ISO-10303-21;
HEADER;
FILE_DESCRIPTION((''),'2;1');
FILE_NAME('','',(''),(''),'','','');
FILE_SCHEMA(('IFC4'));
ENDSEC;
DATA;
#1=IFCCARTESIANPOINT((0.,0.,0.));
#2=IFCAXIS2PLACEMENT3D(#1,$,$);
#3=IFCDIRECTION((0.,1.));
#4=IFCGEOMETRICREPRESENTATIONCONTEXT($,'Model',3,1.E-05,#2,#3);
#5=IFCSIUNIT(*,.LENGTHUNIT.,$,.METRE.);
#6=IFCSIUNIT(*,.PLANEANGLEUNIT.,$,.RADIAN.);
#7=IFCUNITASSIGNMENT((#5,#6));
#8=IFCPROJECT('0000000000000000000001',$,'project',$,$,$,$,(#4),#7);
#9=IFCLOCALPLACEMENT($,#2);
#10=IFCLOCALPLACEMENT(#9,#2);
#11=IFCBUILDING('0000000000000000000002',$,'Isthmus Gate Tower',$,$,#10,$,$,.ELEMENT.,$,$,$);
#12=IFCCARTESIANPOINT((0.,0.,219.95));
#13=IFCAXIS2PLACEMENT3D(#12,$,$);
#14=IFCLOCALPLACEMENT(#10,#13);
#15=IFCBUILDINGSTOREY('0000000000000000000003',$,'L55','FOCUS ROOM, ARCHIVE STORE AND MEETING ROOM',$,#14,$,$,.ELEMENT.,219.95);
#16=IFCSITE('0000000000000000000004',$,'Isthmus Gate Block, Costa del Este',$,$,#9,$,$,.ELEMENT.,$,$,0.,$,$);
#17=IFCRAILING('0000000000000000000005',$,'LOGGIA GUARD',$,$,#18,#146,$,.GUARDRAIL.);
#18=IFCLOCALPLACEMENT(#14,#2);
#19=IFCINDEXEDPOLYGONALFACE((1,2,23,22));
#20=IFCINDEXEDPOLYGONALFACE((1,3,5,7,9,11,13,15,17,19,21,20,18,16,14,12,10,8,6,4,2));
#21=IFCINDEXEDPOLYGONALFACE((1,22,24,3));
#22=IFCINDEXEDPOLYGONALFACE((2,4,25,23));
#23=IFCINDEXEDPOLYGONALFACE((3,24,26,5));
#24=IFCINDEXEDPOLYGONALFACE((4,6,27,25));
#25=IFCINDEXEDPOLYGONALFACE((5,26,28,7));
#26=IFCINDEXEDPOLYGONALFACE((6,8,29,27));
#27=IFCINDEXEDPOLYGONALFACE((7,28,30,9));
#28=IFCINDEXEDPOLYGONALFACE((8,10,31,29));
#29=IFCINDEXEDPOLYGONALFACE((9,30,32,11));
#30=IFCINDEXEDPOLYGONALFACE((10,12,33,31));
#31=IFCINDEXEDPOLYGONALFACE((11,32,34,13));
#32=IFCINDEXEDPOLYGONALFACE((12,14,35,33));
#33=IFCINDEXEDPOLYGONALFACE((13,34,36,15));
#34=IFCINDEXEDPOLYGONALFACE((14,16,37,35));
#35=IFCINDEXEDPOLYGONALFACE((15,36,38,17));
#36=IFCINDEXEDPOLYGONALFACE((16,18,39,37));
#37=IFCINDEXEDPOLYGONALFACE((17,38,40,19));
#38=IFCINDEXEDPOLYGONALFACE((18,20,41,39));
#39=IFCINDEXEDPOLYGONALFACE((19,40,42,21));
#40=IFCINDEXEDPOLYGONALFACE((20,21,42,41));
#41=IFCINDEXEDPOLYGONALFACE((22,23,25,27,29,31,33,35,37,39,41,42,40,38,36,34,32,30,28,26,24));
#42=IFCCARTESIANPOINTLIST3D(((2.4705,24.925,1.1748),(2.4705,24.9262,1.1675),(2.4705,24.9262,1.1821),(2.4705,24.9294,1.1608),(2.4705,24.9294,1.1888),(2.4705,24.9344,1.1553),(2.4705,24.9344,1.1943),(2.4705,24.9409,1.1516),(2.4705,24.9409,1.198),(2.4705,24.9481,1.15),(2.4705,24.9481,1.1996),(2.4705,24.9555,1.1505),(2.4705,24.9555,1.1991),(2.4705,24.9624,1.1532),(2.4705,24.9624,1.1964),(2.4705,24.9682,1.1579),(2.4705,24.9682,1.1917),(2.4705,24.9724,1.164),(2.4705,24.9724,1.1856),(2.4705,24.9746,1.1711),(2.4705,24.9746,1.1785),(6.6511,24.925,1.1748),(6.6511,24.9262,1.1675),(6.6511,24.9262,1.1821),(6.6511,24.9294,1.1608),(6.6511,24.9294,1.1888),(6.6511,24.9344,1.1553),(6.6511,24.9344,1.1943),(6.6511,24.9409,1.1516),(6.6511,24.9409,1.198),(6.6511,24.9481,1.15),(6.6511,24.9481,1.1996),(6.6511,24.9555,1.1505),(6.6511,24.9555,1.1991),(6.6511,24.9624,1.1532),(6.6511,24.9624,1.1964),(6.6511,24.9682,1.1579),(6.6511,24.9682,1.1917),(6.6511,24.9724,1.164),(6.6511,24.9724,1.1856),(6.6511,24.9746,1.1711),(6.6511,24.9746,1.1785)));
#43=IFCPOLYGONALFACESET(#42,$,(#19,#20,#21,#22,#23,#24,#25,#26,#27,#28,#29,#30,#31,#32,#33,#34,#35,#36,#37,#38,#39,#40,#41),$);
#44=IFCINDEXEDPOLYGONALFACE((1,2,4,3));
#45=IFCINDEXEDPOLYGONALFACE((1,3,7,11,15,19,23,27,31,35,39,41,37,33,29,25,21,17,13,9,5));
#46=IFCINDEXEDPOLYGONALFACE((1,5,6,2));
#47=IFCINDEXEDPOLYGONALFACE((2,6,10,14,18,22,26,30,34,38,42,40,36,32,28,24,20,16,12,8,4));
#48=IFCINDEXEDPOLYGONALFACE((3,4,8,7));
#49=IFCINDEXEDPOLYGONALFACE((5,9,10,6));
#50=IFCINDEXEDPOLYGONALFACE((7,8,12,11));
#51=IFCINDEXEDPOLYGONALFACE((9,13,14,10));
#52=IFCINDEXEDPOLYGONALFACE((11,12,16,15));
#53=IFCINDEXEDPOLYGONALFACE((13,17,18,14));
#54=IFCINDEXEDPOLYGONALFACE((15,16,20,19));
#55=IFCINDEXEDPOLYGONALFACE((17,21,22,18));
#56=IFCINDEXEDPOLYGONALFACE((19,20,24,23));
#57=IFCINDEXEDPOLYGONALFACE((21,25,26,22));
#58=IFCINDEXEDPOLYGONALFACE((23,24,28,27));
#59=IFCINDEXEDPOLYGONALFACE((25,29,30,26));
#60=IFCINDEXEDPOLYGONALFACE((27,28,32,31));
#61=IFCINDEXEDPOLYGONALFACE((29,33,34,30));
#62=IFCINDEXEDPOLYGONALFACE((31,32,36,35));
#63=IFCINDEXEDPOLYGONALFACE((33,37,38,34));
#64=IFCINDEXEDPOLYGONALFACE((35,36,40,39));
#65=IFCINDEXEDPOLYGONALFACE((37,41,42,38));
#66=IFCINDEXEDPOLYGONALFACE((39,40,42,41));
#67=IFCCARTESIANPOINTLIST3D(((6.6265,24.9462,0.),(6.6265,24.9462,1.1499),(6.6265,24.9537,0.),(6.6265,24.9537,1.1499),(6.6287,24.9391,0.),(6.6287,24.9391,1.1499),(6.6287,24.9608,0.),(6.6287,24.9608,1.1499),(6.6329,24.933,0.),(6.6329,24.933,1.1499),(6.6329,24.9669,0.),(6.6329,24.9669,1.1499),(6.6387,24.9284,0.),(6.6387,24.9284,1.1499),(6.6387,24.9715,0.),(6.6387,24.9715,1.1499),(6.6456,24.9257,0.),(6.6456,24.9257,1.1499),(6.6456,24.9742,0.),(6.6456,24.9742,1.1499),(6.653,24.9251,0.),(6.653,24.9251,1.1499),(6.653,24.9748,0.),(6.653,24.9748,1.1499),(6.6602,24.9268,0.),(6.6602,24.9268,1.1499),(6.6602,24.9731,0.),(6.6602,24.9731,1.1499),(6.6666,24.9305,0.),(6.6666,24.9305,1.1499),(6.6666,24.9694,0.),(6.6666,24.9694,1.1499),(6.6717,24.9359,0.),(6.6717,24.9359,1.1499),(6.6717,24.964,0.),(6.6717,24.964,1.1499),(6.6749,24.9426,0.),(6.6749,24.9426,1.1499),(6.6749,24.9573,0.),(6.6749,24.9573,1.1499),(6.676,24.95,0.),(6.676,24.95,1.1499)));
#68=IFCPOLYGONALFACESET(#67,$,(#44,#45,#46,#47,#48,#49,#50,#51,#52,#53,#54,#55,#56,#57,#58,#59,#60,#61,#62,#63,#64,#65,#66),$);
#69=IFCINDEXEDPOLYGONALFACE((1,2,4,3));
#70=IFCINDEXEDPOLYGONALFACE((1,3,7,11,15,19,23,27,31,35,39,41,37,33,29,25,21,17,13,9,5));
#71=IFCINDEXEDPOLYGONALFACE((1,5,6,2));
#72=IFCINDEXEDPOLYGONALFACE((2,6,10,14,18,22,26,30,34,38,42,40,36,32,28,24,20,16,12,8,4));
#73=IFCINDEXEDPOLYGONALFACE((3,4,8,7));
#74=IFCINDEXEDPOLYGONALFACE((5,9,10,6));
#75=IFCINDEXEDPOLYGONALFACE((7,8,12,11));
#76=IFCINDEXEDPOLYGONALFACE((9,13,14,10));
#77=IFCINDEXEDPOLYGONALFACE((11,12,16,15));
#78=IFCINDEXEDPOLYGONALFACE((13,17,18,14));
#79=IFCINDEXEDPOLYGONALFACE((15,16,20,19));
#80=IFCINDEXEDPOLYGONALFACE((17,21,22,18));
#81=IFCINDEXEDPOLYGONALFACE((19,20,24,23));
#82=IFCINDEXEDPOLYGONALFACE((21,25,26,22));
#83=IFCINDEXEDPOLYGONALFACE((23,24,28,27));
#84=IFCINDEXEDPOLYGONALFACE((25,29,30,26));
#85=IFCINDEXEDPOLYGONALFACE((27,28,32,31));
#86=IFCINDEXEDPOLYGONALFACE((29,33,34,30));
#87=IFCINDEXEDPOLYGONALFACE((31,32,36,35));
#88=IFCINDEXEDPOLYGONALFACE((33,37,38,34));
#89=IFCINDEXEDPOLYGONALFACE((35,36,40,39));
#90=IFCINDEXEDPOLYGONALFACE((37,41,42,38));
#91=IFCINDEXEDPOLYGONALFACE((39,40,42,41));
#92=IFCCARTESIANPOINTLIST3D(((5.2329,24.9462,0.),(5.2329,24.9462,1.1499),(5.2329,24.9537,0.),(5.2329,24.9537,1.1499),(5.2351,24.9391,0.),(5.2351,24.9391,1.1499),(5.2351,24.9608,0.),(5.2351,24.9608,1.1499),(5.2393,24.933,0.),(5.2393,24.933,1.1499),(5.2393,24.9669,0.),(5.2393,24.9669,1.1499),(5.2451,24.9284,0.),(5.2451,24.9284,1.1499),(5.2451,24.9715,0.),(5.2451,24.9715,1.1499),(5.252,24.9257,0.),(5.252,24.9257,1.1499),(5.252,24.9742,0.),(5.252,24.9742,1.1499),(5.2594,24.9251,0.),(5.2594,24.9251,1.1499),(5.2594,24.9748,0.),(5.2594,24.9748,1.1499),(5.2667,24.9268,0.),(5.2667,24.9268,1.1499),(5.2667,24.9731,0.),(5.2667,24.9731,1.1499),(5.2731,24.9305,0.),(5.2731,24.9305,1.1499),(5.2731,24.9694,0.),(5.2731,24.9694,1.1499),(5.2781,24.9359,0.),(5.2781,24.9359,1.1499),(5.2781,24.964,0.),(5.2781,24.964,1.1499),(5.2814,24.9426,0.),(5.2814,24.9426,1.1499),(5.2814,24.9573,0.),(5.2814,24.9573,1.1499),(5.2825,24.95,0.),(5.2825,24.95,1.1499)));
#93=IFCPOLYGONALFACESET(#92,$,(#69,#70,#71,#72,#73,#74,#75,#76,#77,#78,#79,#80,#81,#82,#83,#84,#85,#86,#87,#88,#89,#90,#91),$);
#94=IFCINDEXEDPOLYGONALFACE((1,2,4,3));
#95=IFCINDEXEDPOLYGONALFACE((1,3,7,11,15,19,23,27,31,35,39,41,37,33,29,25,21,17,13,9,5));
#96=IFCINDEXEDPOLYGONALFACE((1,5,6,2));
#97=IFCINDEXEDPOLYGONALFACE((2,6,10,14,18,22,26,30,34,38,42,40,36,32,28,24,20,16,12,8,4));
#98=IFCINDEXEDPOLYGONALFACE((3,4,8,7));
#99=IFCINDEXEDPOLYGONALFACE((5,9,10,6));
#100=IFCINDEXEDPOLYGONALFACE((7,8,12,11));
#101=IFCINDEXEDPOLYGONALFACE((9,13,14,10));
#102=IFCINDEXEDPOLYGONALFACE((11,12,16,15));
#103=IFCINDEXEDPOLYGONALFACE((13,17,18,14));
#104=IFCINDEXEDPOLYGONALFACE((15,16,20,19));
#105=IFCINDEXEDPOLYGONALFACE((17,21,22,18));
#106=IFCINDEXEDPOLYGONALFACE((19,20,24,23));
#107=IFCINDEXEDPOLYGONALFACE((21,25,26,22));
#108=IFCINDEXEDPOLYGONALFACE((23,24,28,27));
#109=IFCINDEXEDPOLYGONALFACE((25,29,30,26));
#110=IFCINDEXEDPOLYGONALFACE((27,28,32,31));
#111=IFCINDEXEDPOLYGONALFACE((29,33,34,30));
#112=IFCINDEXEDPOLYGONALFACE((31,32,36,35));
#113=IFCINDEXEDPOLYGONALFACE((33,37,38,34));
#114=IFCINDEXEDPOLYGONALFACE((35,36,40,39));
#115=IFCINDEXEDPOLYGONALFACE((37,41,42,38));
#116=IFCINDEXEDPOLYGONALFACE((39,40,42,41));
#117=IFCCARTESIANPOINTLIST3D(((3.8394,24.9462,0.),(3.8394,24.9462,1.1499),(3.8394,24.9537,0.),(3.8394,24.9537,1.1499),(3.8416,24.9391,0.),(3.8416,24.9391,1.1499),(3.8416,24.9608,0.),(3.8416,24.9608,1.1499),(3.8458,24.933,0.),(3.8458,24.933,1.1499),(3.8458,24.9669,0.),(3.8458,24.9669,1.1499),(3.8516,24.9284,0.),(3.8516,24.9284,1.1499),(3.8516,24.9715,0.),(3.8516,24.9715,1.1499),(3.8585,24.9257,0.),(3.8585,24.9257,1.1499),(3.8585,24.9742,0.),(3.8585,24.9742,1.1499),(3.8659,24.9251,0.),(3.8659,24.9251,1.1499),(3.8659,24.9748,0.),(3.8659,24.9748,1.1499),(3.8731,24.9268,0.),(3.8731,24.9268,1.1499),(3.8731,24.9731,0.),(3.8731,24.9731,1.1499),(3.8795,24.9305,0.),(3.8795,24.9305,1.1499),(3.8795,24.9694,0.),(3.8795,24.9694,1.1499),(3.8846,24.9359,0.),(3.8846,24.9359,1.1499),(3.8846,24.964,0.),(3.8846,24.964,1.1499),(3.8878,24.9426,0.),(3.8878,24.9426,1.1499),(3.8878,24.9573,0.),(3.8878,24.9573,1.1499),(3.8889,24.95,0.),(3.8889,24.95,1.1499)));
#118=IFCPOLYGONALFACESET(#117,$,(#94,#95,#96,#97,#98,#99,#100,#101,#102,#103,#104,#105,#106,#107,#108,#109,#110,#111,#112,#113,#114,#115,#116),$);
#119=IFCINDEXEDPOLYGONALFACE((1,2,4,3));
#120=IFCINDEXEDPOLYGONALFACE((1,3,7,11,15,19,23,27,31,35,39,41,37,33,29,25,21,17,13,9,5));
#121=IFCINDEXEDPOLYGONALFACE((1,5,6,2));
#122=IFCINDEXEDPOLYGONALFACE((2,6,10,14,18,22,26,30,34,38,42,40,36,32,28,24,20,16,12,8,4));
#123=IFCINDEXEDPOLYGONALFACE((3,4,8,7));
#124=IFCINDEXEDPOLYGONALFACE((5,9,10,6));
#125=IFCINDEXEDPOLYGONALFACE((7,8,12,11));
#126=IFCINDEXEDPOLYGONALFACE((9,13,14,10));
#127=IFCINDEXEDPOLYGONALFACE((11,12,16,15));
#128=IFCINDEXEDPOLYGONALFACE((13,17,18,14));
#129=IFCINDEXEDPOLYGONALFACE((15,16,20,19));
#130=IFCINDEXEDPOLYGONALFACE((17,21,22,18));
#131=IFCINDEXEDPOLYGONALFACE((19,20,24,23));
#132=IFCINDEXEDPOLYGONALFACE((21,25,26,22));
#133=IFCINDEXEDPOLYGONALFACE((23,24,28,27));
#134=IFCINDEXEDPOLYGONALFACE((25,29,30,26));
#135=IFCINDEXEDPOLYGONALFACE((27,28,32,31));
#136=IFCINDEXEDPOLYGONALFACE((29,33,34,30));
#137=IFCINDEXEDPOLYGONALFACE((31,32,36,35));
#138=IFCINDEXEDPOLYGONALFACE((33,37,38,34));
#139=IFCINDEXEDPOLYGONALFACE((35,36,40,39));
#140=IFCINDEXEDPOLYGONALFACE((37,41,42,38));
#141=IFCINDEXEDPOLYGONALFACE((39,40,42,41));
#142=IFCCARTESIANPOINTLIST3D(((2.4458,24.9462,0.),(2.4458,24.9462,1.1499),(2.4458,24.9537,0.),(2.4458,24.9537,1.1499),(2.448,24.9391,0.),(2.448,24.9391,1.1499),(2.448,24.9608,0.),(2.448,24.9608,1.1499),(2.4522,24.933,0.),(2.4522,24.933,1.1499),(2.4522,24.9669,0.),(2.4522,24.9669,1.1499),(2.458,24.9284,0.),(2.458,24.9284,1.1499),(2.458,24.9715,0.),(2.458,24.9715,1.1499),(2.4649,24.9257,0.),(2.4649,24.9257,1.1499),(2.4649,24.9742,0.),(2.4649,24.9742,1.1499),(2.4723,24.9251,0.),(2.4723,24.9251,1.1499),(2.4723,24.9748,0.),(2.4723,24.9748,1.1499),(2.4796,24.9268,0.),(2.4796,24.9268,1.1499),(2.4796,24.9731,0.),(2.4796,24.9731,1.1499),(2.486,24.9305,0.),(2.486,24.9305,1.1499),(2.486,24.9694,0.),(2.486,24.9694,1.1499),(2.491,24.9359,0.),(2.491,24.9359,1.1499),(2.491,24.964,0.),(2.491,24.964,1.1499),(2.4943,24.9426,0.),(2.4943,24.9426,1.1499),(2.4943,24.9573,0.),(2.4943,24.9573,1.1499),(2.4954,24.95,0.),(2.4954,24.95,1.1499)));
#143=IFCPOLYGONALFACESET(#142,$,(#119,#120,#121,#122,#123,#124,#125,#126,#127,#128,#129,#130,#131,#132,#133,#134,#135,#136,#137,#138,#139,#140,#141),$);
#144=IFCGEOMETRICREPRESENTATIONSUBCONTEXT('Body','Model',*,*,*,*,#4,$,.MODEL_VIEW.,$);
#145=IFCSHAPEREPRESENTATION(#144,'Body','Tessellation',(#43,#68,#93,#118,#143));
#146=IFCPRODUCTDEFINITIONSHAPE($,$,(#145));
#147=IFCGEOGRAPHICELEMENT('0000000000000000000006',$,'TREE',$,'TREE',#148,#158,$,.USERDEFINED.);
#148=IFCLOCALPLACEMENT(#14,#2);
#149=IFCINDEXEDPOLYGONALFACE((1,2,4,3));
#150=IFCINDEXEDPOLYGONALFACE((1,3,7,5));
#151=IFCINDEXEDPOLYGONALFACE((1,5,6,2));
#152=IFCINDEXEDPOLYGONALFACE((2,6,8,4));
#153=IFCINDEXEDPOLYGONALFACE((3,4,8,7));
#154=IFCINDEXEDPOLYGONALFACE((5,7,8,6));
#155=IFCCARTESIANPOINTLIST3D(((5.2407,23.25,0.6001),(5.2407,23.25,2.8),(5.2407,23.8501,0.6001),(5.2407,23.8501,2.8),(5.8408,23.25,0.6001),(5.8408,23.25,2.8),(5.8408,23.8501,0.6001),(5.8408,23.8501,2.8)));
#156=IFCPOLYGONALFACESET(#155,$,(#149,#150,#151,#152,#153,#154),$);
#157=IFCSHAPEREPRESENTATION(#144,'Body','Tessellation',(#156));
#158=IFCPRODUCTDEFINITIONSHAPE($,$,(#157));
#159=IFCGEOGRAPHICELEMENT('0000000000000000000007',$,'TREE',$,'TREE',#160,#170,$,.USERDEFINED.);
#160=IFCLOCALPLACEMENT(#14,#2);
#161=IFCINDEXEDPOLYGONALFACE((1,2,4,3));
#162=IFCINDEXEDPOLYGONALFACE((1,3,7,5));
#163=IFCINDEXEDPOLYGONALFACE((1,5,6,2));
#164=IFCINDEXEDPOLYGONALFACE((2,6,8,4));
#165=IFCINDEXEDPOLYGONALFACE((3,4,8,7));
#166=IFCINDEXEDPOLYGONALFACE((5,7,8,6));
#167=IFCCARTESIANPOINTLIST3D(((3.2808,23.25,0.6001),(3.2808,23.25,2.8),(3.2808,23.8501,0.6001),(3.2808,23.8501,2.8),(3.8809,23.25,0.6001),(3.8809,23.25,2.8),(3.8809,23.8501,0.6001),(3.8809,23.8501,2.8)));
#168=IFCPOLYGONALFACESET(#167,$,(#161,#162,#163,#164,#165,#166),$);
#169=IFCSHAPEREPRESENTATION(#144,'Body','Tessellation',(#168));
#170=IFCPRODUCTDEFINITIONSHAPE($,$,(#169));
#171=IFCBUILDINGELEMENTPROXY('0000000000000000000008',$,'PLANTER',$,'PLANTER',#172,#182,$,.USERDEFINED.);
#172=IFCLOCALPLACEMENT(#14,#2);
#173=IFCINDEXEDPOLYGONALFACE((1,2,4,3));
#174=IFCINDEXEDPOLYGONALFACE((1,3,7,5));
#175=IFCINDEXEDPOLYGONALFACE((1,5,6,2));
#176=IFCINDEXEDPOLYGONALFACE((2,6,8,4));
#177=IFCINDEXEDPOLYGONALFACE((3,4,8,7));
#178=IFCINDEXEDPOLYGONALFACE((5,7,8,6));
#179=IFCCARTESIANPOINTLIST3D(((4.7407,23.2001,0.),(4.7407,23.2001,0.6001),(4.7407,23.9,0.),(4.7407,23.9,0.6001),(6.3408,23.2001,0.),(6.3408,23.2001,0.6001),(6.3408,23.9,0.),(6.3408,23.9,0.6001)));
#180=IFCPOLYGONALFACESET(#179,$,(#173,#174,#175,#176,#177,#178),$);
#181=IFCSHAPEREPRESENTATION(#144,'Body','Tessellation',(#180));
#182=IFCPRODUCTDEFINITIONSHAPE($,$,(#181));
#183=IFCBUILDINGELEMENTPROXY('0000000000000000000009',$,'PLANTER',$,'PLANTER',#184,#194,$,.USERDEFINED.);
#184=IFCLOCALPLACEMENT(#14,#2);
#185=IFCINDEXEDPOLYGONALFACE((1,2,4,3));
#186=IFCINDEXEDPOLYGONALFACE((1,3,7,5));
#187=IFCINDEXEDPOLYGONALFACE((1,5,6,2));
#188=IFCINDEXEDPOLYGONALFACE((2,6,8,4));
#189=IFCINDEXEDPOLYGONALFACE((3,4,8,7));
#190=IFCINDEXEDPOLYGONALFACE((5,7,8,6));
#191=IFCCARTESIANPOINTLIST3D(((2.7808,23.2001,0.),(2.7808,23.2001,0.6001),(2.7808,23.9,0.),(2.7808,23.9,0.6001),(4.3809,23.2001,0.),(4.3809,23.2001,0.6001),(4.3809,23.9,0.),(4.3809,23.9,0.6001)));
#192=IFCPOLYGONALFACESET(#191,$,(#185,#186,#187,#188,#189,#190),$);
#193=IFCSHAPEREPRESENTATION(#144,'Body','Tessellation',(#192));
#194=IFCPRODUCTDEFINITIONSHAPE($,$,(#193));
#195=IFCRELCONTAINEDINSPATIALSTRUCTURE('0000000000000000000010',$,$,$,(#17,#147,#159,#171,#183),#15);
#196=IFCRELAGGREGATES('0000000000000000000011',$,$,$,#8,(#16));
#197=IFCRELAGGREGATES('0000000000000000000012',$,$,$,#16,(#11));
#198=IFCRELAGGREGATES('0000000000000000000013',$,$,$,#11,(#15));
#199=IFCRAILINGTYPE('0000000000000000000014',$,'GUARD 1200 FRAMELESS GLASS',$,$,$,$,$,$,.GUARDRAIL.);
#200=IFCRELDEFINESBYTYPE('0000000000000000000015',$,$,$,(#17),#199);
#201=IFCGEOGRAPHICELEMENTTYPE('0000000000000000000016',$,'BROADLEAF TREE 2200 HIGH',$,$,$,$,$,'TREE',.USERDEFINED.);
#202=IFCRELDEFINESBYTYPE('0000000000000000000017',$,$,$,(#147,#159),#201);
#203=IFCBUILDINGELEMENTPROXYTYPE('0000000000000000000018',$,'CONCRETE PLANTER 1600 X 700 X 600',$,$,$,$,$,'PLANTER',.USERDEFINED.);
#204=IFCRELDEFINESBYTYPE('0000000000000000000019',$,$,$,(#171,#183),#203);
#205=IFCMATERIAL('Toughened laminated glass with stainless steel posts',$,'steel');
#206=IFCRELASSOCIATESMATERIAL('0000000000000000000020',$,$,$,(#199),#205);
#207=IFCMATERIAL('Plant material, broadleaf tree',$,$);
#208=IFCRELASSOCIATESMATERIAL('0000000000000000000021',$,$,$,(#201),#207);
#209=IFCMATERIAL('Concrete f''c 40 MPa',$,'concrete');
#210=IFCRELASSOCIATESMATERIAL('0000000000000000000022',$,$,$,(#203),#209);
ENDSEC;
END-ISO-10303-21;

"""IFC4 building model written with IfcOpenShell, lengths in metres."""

from ifc_helpers import new_model, si_unit, direction, frame, origin, origin_2d, place, context, subcontext, project, spatial, rectangle, circle, extrude, material, type_object, element, save


model = new_model("IFC4")

# Units and contexts
model_context = context("Model", 3, precision=1e-05, world=origin(), true_north=direction((0.0, 1.0)))
body_context = subcontext(model_context, "Body", "Model", "MODEL_VIEW")
ifc_project = project(units=[si_unit("LENGTHUNIT", "METRE"), si_unit("PLANEANGLEUNIT", "RADIAN")], contexts=[model_context])

# Site, building, storey
site_placement = place(None, origin())
site = spatial("IfcSite", under=ifc_project, at=site_placement, Name="Isthmus Gate Block, Costa del Este", CompositionType="ELEMENT", RefElevation=0.0)
building_placement = place(site_placement, origin())
building = spatial("IfcBuilding", under=site, at=building_placement, Name="Isthmus Gate Tower", CompositionType="ELEMENT")
storey_placement = place(building_placement, frame((0.0, 0.0, 219.95)))
storey = spatial("IfcBuildingStorey", under=building, at=storey_placement, Name="L55", Description="FOCUS ROOM, ARCHIVE STORE AND MEETING ROOM", CompositionType="ELEMENT", Elevation=219.95)

# Railing
ifc_material_1 = material(Name="Toughened laminated glass with stainless steel posts", Category="steel")
railing_type = type_object("IfcRailingType", Name="GUARD 1200 FRAMELESS GLASS", PredefinedType="GUARDRAIL", material=ifc_material_1)
railing_placement = place(storey_placement, frame((6.6511, 24.95, 0.0)))
element("IfcRailing", 1, at=railing_placement, inside=storey, type_object=railing_type, Name="LOGGIA GUARD", PredefinedType="GUARDRAIL", context=body_context, shape_type="SweptSolid", body=[
    extrude(circle(Radius=0.0249, at=origin_2d()), frame((0.0, 0.0, 1.1748), z_axis=(-1.0, 0.0, 0.0), x_axis=(0.0, -1.0, 0.0)), (0.0, 0.0, 1.0), 4.1807),
    extrude(circle(Radius=0.0249, at=origin_2d()), origin(), (0.0, 0.0, 1.0), 1.1499),
    extrude(circle(Radius=0.0249, at=origin_2d()), frame((-1.3936, 0.0, 0.0)), (0.0, 0.0, 1.0), 1.1499),
    extrude(circle(Radius=0.0249, at=origin_2d()), frame((-2.7871, 0.0, 0.0)), (0.0, 0.0, 1.0), 1.1499),
    extrude(circle(Radius=0.0249, at=origin_2d()), frame((-4.1807, 0.0, 0.0)), (0.0, 0.0, 1.0), 1.1499),
])

# Geographic elements
ifc_material_2 = material(Name="Plant material, broadleaf tree")
geographic_element_type = type_object("IfcGeographicElementType", Name="BROADLEAF TREE 2200 HIGH", ElementType="TREE", PredefinedType="USERDEFINED", material=ifc_material_2)
for number, where, z_axis, x_axis, name in (
    (2, (5.5408, 23.55, 0.6001), (0.0, 0.0, 1.0), (-1.0, 0.0, 0.0), "TREE"),
    (3, (3.5808, 23.55, 0.6001), (0.0, 0.0, 1.0), (-1.0, 0.0, 0.0), "TREE"),
):
    element("IfcGeographicElement", number, at=place(storey_placement, frame(where, z_axis=z_axis, x_axis=x_axis)), inside=storey, type_object=geographic_element_type, Name=name, ObjectType="TREE", PredefinedType="USERDEFINED", context=body_context, shape_type="SweptSolid", body=[
        extrude(rectangle(XDim=0.6001, YDim=0.6001, at=origin_2d()), origin(), (0.0, 0.0, 1.0), 2.2),
    ])

# Building element proxies
ifc_material_3 = material(Name="Concrete f'c 40 MPa", Category="concrete")
building_element_proxy_type = type_object("IfcBuildingElementProxyType", Name="CONCRETE PLANTER 1600 X 700 X 600", ElementType="PLANTER", PredefinedType="USERDEFINED", material=ifc_material_3)
for number, where, z_axis, x_axis, name in (
    (4, (5.5408, 23.55, 0.0), (0.0, 0.0, 1.0), (-1.0, 0.0, 0.0), "PLANTER"),
    (5, (3.5808, 23.55, 0.0), (0.0, 0.0, 1.0), (-1.0, 0.0, 0.0), "PLANTER"),
):
    element("IfcBuildingElementProxy", number, at=place(storey_placement, frame(where, z_axis=z_axis, x_axis=x_axis)), inside=storey, type_object=building_element_proxy_type, Name=name, ObjectType="PLANTER", PredefinedType="USERDEFINED", context=body_context, shape_type="SweptSolid", body=[
        extrude(rectangle(XDim=1.6001, YDim=0.7, at=origin_2d()), origin(), (0.0, 0.0, 1.0), 0.6001),
    ])

save(model, "model.ifc")
